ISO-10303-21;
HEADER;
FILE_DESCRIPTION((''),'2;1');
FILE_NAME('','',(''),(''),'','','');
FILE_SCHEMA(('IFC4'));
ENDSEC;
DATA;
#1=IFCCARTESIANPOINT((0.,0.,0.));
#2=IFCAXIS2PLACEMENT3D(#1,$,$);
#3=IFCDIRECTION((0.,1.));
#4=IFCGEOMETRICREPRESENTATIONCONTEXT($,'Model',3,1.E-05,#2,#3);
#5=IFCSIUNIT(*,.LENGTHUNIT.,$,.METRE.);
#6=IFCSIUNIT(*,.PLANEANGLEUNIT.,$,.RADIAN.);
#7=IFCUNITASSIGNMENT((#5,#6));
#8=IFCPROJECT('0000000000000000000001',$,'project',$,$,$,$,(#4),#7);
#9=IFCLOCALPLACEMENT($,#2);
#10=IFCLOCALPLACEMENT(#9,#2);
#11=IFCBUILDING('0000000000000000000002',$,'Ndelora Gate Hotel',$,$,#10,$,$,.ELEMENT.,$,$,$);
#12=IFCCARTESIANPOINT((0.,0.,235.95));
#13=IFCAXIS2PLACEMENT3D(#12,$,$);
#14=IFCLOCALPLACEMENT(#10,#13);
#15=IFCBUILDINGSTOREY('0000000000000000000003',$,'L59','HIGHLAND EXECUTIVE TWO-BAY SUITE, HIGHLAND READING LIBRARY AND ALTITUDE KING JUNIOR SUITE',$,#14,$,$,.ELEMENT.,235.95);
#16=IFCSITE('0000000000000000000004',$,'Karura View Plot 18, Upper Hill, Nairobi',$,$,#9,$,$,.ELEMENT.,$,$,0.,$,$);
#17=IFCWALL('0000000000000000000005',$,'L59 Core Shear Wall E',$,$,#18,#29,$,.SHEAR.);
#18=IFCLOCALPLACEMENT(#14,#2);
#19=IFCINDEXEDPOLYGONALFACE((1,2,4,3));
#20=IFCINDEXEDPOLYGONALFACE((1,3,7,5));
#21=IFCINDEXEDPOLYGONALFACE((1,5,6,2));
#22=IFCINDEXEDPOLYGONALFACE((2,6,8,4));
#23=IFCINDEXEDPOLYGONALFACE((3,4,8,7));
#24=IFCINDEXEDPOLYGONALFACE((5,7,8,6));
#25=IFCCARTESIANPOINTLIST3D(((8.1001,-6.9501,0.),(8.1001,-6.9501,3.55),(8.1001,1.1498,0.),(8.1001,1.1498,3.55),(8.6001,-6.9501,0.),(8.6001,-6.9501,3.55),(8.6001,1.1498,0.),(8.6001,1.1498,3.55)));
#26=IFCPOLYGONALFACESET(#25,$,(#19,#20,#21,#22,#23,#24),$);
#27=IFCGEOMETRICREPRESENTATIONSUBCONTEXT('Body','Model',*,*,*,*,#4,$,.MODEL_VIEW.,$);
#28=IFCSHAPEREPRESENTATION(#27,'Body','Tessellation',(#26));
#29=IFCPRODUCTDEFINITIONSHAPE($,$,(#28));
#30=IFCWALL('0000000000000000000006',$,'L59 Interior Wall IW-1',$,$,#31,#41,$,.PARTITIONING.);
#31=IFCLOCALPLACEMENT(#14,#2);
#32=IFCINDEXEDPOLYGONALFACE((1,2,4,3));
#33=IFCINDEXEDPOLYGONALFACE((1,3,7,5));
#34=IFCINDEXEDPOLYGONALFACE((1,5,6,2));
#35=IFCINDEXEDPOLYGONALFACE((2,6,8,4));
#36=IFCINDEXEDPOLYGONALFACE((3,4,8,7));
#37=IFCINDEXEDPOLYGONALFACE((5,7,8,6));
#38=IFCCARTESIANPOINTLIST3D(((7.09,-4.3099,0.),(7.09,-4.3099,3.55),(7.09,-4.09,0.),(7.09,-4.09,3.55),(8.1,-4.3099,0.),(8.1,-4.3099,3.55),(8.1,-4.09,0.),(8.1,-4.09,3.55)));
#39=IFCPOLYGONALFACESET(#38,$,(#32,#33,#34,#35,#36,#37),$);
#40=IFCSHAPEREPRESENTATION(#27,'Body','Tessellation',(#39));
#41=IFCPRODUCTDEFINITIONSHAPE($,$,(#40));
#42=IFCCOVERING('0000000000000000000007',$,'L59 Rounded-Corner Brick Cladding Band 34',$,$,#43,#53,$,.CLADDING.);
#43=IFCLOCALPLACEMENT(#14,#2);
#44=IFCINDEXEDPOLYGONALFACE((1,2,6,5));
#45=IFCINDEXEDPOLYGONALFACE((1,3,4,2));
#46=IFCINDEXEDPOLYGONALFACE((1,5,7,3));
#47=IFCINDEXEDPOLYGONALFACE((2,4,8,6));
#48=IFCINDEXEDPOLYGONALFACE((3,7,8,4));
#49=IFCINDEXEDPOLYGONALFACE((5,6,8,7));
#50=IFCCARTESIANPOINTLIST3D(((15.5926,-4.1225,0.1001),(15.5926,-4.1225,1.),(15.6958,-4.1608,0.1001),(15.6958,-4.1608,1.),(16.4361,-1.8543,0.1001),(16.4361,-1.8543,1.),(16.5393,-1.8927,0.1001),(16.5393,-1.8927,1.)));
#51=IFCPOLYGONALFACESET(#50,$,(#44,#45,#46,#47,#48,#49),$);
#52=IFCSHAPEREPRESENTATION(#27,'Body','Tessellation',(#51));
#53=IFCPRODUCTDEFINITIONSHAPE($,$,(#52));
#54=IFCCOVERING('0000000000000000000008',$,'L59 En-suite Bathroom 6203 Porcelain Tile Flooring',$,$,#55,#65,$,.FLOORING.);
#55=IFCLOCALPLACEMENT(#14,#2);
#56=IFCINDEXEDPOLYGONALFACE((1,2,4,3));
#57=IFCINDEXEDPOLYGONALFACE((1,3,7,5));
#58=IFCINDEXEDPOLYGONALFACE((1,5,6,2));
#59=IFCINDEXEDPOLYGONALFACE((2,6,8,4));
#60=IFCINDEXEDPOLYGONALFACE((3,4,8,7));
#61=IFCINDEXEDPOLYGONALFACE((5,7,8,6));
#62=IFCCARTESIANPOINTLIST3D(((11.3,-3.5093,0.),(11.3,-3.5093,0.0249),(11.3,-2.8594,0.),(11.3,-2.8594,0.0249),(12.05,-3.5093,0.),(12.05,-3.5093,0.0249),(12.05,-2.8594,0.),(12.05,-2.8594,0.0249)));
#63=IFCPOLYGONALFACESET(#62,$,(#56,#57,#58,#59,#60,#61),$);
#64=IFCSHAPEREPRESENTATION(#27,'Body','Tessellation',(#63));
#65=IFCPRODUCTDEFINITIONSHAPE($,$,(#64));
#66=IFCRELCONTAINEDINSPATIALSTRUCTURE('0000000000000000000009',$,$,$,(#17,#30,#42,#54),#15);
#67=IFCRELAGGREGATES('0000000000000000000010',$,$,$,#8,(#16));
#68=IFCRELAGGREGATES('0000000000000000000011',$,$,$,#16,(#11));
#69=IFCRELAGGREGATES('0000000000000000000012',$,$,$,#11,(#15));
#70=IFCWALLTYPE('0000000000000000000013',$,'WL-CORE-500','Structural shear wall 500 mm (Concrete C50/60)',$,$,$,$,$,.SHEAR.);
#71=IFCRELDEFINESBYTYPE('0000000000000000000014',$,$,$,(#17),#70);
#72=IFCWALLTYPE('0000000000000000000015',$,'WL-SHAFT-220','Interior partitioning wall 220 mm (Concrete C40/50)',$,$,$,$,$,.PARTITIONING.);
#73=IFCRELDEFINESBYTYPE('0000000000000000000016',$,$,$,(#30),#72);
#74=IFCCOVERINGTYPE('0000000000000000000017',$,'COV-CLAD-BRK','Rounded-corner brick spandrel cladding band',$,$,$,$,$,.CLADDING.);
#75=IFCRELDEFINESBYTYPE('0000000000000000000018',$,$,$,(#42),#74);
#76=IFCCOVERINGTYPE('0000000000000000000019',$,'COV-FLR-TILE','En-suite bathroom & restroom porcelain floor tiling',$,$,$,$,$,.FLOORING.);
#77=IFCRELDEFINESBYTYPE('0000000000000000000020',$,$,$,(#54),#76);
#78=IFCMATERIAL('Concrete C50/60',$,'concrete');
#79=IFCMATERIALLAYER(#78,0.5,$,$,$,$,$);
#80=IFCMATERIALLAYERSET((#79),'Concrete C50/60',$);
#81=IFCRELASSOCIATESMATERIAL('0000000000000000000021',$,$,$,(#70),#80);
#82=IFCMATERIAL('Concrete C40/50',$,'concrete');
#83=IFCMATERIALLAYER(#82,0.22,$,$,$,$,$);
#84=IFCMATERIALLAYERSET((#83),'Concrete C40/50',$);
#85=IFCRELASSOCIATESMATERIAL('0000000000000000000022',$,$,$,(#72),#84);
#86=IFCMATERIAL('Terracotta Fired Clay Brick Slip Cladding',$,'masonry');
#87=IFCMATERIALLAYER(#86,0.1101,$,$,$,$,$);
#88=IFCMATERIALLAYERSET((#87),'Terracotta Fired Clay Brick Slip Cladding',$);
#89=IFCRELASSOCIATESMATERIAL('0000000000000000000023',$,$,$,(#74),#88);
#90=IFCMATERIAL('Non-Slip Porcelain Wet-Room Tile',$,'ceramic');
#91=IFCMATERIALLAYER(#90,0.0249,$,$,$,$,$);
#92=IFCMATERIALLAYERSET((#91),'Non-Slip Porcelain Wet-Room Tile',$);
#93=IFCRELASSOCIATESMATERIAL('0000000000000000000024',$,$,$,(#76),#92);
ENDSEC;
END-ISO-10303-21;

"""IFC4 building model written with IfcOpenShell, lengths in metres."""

from ifc_helpers import new_model, si_unit, direction, frame, frame_2d, origin, origin_2d, place, context, subcontext, project, spatial, rectangle, extrude, material, layer, layer_set, type_object, element, save


model = new_model("IFC4")

# Units and contexts
model_context = context("Model", 3, precision=1e-05, world=origin(), true_north=direction((0.0, 1.0)))
body_context = subcontext(model_context, "Body", "Model", "MODEL_VIEW")
ifc_project = project(units=[si_unit("LENGTHUNIT", "METRE"), si_unit("PLANEANGLEUNIT", "RADIAN")], contexts=[model_context])

# Site, building, storey
site_placement = place(None, origin())
site = spatial("IfcSite", under=ifc_project, at=site_placement, Name="Karura View Plot 18, Upper Hill, Nairobi", CompositionType="ELEMENT", RefElevation=0.0)
building_placement = place(site_placement, origin())
building = spatial("IfcBuilding", under=site, at=building_placement, Name="Ndelora Gate Hotel", CompositionType="ELEMENT")
storey_placement = place(building_placement, frame((0.0, 0.0, 235.95)))
storey = spatial("IfcBuildingStorey", under=building, at=storey_placement, Name="L59", Description="HIGHLAND EXECUTIVE TWO-BAY SUITE, HIGHLAND READING LIBRARY AND ALTITUDE KING JUNIOR SUITE", CompositionType="ELEMENT", Elevation=235.95)

# Shared definitions
ifc_material_1 = material(Name="Concrete C50/60", Category="concrete")

# Wall
ifc_layer_1 = layer(ifc_material_1, 0.5)
ifc_layer_set_1 = layer_set([ifc_layer_1], Name="Concrete C50/60")
wall_type_1 = type_object("IfcWallType", Name="WL-CORE-500", Description="Structural shear wall 500 mm (Concrete C50/60)", PredefinedType="SHEAR", material=ifc_layer_set_1)
wall_1_placement = place(storey_placement, frame((8.3501, -6.95, 0.0), z_axis=(0.0, 0.0, 1.0), x_axis=(0.0, 1.0, 0.0)))
element("IfcWall", 1, at=wall_1_placement, inside=storey, type_object=wall_type_1, Name="L59 Core Shear Wall E", PredefinedType="SHEAR", context=body_context, shape_type="SweptSolid", body=[
    extrude(rectangle(XDim=8.0999, YDim=0.5, at=frame_2d((4.0498, 0.0))), origin(), (0.0, 0.0, 1.0), 3.55),
])

# Wall
ifc_material_2 = material(Name="Concrete C40/50", Category="concrete")
ifc_layer_2 = layer(ifc_material_2, 0.22)
ifc_layer_set_2 = layer_set([ifc_layer_2], Name="Concrete C40/50")
wall_type_2 = type_object("IfcWallType", Name="WL-SHAFT-220", Description="Interior partitioning wall 220 mm (Concrete C40/50)", PredefinedType="PARTITIONING", material=ifc_layer_set_2)
wall_2_placement = place(storey_placement, frame((7.0901, -4.2, 0.0), z_axis=(0.0, 0.0, 1.0), x_axis=(1.0, 0.0, 0.0)))
element("IfcWall", 2, at=wall_2_placement, inside=storey, type_object=wall_type_2, Name="L59 Interior Wall IW-1", PredefinedType="PARTITIONING", context=body_context, shape_type="SweptSolid", body=[
    extrude(rectangle(XDim=1.01, YDim=0.22, at=frame_2d((0.5049, 0.0))), origin(), (0.0, 0.0, 1.0), 3.55),
])

# Coverings
ifc_material_3 = material(Name="Terracotta Fired Clay Brick Slip Cladding", Category="masonry")
ifc_layer_3 = layer(ifc_material_3, 0.1101)
ifc_layer_set_3 = layer_set([ifc_layer_3], Name="Terracotta Fired Clay Brick Slip Cladding")
covering_type_1 = type_object("IfcCoveringType", Name="COV-CLAD-BRK", Description="Rounded-corner brick spandrel cladding band", PredefinedType="CLADDING", material=ifc_layer_set_3)
covering_1_placement = place(storey_placement, frame((16.0659, -3.0076, 0.1001), z_axis=(0.0, 0.0, 1.0), x_axis=(0.348572, 0.937282, 0.0)))
element("IfcCovering", 3, at=covering_1_placement, inside=storey, type_object=covering_type_1, Name="L59 Rounded-Corner Brick Cladding Band 34", PredefinedType="CLADDING", context=body_context, shape_type="SweptSolid", body=[
    extrude(rectangle(XDim=2.4199, YDim=0.1101, at=origin_2d()), origin(), (0.0, 0.0, 1.0), 0.8999),
])
ifc_material_4 = material(Name="Non-Slip Porcelain Wet-Room Tile", Category="ceramic")
ifc_layer_4 = layer(ifc_material_4, 0.0249)
ifc_layer_set_4 = layer_set([ifc_layer_4], Name="Non-Slip Porcelain Wet-Room Tile")
covering_type_2 = type_object("IfcCoveringType", Name="COV-FLR-TILE", Description="En-suite bathroom & restroom porcelain floor tiling", PredefinedType="FLOORING", material=ifc_layer_set_4)
covering_2_placement = place(storey_placement, frame((11.675, -3.1843, 0.0), z_axis=(0.0, 0.0, 1.0), x_axis=(1.0, 0.0, 0.0)))
element("IfcCovering", 4, at=covering_2_placement, inside=storey, type_object=covering_type_2, Name="L59 En-suite Bathroom 6203 Porcelain Tile Flooring", PredefinedType="FLOORING", context=body_context, shape_type="SweptSolid", body=[
    extrude(rectangle(XDim=0.75, YDim=0.6499, at=origin_2d()), origin(), (0.0, 0.0, 1.0), 0.0249),
])

save(model, "model.ifc")
